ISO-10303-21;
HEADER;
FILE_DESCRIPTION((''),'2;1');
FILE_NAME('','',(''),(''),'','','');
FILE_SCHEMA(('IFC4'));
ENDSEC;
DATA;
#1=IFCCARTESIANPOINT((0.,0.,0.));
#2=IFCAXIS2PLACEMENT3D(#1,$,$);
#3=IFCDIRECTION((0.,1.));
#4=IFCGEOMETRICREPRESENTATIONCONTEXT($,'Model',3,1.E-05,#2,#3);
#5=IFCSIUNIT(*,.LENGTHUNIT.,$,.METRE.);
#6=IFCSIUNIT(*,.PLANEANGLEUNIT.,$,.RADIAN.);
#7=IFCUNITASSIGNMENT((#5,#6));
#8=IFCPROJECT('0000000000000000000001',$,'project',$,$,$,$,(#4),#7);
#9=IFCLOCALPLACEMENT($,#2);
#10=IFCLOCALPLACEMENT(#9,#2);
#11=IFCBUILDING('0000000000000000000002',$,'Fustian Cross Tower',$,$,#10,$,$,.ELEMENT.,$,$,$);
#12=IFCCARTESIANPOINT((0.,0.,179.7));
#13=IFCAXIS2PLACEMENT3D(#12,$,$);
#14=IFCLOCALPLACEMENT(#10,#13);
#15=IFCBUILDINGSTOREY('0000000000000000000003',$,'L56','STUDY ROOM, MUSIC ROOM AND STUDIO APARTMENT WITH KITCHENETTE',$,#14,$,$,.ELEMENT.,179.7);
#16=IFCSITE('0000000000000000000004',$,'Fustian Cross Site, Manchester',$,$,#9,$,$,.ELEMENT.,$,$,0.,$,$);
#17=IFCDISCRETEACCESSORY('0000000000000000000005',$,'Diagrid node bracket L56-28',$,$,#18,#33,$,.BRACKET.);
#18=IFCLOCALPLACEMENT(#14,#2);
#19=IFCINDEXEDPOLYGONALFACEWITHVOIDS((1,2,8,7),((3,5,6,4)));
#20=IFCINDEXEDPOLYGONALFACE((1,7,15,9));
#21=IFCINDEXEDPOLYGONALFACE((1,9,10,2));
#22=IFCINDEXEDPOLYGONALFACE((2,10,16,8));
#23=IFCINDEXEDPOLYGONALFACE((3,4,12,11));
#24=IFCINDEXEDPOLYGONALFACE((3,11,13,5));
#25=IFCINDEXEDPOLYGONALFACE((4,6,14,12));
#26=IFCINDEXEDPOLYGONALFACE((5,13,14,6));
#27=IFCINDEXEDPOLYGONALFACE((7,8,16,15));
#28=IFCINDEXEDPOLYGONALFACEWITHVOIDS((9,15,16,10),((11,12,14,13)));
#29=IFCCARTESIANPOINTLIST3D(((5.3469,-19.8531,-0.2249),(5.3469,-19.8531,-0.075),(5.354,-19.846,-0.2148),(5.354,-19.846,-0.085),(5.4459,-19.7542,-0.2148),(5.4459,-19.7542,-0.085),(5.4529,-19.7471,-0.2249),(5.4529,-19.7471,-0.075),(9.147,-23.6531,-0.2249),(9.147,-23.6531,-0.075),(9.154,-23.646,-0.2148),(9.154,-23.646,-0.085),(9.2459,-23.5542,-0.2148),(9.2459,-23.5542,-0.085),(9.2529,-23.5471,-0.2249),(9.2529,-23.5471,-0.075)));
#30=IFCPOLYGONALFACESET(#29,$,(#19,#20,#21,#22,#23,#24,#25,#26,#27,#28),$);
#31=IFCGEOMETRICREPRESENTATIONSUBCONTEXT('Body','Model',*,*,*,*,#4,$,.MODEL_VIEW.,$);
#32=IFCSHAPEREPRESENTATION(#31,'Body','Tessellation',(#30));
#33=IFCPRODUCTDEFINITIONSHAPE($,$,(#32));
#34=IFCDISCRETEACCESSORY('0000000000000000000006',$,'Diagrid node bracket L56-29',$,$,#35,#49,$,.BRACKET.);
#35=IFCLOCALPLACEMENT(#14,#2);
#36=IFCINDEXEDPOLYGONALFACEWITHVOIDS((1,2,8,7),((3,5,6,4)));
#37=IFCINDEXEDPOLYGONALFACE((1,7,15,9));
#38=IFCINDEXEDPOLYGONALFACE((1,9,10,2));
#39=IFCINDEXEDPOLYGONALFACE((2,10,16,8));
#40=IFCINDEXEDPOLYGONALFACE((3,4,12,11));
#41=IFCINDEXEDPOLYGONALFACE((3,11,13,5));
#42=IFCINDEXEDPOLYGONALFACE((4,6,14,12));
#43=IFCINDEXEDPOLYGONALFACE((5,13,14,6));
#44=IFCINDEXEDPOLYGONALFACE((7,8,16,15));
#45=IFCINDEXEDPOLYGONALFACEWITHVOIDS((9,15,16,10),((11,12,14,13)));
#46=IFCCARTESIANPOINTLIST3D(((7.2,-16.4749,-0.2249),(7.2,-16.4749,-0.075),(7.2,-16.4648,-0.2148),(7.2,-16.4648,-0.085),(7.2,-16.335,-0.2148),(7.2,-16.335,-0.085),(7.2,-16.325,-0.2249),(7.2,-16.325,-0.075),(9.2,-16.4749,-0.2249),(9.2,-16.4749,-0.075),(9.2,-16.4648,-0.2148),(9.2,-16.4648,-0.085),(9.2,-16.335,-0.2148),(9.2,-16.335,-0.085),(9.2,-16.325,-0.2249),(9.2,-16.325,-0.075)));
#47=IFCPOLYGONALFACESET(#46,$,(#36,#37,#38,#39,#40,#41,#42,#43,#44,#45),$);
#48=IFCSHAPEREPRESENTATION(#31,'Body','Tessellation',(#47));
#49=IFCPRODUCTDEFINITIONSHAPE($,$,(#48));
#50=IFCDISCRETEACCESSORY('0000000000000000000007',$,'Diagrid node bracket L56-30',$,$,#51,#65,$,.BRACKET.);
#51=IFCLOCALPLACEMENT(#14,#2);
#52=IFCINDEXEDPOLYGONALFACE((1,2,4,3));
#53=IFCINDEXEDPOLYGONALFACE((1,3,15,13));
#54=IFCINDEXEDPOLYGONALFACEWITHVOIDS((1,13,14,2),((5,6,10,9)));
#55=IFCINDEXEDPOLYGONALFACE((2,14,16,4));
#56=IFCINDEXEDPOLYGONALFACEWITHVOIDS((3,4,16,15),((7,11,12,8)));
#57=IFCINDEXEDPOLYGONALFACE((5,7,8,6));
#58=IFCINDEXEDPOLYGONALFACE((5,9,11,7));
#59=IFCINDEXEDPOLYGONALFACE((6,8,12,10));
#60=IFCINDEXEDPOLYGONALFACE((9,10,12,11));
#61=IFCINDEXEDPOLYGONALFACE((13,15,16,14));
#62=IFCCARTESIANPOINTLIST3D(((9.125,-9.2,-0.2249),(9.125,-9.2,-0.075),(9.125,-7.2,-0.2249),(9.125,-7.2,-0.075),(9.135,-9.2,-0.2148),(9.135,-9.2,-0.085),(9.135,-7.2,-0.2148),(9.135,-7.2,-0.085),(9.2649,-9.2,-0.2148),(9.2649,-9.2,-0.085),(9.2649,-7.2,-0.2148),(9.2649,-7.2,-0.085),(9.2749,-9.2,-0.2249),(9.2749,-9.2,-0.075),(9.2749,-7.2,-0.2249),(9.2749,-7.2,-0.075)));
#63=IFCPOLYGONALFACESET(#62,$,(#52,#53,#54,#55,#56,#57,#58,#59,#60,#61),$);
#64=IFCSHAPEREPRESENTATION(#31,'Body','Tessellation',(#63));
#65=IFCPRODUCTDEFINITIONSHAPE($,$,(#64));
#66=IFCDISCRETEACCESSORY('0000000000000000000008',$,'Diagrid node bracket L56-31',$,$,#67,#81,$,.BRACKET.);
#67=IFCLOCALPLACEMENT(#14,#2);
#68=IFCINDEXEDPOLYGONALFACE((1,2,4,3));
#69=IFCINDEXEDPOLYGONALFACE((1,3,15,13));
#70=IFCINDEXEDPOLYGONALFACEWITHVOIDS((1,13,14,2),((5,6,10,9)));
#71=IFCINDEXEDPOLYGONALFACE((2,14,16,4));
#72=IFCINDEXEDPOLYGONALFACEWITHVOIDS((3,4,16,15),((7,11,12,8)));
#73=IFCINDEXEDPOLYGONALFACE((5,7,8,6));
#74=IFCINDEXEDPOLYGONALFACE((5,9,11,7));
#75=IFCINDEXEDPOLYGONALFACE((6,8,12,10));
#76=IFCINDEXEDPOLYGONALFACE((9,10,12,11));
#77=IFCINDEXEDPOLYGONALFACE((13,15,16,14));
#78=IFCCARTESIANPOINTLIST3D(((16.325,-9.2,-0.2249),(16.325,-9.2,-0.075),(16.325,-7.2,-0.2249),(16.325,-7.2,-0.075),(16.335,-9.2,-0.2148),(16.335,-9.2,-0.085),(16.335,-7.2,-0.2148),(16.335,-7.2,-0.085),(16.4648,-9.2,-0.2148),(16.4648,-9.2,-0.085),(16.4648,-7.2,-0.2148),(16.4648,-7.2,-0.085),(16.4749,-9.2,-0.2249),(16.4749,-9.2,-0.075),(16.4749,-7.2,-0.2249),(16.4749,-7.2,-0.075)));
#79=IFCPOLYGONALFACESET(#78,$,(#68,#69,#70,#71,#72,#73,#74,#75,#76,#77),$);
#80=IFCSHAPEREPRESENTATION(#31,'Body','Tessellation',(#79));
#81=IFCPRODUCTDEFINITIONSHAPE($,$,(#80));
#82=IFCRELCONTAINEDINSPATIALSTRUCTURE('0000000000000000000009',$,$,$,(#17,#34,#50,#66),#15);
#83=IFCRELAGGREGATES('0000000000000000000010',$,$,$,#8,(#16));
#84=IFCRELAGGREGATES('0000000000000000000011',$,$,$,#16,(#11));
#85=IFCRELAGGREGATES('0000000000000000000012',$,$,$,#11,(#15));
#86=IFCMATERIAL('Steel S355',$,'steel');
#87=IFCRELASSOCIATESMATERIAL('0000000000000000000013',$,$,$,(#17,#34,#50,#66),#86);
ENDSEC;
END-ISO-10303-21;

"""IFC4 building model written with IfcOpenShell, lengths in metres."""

from ifc_helpers import new_model, si_unit, direction, frame, origin, origin_2d, place, context, subcontext, project, spatial, hollow_rectangle, extrude, material, element, save


model = new_model("IFC4")

# Units and contexts
model_context = context("Model", 3, precision=1e-05, world=origin(), true_north=direction((0.0, 1.0)))
body_context = subcontext(model_context, "Body", "Model", "MODEL_VIEW")
ifc_project = project(units=[si_unit("LENGTHUNIT", "METRE"), si_unit("PLANEANGLEUNIT", "RADIAN")], contexts=[model_context])

# Site, building, storey
site_placement = place(None, origin())
site = spatial("IfcSite", under=ifc_project, at=site_placement, Name="Fustian Cross Site, Manchester", CompositionType="ELEMENT", RefElevation=0.0)
building_placement = place(site_placement, origin())
building = spatial("IfcBuilding", under=site, at=building_placement, Name="Fustian Cross Tower", CompositionType="ELEMENT")
storey_placement = place(building_placement, frame((0.0, 0.0, 179.7)))
storey = spatial("IfcBuildingStorey", under=building, at=storey_placement, Name="L56", Description="STUDY ROOM, MUSIC ROOM AND STUDIO APARTMENT WITH KITCHENETTE", CompositionType="ELEMENT", Elevation=179.7)

# Discrete accessories
ifc_material_1 = material(Name="Steel S355", Category="steel")
discrete_accessory_placement = place(storey_placement, frame((9.2, -23.6001, -0.1499), z_axis=(-0.707107, 0.707107, 0.0), x_axis=(-0.707107, -0.707107, 0.0)))
element("IfcDiscreteAccessory", 1, at=discrete_accessory_placement, inside=storey, material=ifc_material_1, Name="Diagrid node bracket L56-28", PredefinedType="BRACKET", context=body_context, shape_type="SweptSolid", body=[
    extrude(hollow_rectangle(XDim=0.1499, YDim=0.1499, WallThickness=0.01, at=origin_2d()), origin(), (0.0, 0.0, 1.0), 5.374),
])
for number, where, z_axis, x_axis, name in (
    (2, (9.2, -16.3999, -0.1499), (-1.0, 0.0, 0.0), (0.0, -1.0, 0.0), "Diagrid node bracket L56-29"),
    (3, (9.2, -9.2, -0.1499), (0.0, 1.0, 0.0), (-1.0, 0.0, 0.0), "Diagrid node bracket L56-30"),
    (4, (16.3999, -9.2, -0.1499), (0.0, 1.0, 0.0), (-1.0, 0.0, 0.0), "Diagrid node bracket L56-31"),
):
    element("IfcDiscreteAccessory", number, at=place(storey_placement, frame(where, z_axis=z_axis, x_axis=x_axis)), inside=storey, material=ifc_material_1, Name=name, PredefinedType="BRACKET", context=body_context, shape_type="SweptSolid", body=[
        extrude(hollow_rectangle(XDim=0.1499, YDim=0.1499, WallThickness=0.01, at=origin_2d()), origin(), (0.0, 0.0, 1.0), 2.0),
    ])

save(model, "model.ifc")
